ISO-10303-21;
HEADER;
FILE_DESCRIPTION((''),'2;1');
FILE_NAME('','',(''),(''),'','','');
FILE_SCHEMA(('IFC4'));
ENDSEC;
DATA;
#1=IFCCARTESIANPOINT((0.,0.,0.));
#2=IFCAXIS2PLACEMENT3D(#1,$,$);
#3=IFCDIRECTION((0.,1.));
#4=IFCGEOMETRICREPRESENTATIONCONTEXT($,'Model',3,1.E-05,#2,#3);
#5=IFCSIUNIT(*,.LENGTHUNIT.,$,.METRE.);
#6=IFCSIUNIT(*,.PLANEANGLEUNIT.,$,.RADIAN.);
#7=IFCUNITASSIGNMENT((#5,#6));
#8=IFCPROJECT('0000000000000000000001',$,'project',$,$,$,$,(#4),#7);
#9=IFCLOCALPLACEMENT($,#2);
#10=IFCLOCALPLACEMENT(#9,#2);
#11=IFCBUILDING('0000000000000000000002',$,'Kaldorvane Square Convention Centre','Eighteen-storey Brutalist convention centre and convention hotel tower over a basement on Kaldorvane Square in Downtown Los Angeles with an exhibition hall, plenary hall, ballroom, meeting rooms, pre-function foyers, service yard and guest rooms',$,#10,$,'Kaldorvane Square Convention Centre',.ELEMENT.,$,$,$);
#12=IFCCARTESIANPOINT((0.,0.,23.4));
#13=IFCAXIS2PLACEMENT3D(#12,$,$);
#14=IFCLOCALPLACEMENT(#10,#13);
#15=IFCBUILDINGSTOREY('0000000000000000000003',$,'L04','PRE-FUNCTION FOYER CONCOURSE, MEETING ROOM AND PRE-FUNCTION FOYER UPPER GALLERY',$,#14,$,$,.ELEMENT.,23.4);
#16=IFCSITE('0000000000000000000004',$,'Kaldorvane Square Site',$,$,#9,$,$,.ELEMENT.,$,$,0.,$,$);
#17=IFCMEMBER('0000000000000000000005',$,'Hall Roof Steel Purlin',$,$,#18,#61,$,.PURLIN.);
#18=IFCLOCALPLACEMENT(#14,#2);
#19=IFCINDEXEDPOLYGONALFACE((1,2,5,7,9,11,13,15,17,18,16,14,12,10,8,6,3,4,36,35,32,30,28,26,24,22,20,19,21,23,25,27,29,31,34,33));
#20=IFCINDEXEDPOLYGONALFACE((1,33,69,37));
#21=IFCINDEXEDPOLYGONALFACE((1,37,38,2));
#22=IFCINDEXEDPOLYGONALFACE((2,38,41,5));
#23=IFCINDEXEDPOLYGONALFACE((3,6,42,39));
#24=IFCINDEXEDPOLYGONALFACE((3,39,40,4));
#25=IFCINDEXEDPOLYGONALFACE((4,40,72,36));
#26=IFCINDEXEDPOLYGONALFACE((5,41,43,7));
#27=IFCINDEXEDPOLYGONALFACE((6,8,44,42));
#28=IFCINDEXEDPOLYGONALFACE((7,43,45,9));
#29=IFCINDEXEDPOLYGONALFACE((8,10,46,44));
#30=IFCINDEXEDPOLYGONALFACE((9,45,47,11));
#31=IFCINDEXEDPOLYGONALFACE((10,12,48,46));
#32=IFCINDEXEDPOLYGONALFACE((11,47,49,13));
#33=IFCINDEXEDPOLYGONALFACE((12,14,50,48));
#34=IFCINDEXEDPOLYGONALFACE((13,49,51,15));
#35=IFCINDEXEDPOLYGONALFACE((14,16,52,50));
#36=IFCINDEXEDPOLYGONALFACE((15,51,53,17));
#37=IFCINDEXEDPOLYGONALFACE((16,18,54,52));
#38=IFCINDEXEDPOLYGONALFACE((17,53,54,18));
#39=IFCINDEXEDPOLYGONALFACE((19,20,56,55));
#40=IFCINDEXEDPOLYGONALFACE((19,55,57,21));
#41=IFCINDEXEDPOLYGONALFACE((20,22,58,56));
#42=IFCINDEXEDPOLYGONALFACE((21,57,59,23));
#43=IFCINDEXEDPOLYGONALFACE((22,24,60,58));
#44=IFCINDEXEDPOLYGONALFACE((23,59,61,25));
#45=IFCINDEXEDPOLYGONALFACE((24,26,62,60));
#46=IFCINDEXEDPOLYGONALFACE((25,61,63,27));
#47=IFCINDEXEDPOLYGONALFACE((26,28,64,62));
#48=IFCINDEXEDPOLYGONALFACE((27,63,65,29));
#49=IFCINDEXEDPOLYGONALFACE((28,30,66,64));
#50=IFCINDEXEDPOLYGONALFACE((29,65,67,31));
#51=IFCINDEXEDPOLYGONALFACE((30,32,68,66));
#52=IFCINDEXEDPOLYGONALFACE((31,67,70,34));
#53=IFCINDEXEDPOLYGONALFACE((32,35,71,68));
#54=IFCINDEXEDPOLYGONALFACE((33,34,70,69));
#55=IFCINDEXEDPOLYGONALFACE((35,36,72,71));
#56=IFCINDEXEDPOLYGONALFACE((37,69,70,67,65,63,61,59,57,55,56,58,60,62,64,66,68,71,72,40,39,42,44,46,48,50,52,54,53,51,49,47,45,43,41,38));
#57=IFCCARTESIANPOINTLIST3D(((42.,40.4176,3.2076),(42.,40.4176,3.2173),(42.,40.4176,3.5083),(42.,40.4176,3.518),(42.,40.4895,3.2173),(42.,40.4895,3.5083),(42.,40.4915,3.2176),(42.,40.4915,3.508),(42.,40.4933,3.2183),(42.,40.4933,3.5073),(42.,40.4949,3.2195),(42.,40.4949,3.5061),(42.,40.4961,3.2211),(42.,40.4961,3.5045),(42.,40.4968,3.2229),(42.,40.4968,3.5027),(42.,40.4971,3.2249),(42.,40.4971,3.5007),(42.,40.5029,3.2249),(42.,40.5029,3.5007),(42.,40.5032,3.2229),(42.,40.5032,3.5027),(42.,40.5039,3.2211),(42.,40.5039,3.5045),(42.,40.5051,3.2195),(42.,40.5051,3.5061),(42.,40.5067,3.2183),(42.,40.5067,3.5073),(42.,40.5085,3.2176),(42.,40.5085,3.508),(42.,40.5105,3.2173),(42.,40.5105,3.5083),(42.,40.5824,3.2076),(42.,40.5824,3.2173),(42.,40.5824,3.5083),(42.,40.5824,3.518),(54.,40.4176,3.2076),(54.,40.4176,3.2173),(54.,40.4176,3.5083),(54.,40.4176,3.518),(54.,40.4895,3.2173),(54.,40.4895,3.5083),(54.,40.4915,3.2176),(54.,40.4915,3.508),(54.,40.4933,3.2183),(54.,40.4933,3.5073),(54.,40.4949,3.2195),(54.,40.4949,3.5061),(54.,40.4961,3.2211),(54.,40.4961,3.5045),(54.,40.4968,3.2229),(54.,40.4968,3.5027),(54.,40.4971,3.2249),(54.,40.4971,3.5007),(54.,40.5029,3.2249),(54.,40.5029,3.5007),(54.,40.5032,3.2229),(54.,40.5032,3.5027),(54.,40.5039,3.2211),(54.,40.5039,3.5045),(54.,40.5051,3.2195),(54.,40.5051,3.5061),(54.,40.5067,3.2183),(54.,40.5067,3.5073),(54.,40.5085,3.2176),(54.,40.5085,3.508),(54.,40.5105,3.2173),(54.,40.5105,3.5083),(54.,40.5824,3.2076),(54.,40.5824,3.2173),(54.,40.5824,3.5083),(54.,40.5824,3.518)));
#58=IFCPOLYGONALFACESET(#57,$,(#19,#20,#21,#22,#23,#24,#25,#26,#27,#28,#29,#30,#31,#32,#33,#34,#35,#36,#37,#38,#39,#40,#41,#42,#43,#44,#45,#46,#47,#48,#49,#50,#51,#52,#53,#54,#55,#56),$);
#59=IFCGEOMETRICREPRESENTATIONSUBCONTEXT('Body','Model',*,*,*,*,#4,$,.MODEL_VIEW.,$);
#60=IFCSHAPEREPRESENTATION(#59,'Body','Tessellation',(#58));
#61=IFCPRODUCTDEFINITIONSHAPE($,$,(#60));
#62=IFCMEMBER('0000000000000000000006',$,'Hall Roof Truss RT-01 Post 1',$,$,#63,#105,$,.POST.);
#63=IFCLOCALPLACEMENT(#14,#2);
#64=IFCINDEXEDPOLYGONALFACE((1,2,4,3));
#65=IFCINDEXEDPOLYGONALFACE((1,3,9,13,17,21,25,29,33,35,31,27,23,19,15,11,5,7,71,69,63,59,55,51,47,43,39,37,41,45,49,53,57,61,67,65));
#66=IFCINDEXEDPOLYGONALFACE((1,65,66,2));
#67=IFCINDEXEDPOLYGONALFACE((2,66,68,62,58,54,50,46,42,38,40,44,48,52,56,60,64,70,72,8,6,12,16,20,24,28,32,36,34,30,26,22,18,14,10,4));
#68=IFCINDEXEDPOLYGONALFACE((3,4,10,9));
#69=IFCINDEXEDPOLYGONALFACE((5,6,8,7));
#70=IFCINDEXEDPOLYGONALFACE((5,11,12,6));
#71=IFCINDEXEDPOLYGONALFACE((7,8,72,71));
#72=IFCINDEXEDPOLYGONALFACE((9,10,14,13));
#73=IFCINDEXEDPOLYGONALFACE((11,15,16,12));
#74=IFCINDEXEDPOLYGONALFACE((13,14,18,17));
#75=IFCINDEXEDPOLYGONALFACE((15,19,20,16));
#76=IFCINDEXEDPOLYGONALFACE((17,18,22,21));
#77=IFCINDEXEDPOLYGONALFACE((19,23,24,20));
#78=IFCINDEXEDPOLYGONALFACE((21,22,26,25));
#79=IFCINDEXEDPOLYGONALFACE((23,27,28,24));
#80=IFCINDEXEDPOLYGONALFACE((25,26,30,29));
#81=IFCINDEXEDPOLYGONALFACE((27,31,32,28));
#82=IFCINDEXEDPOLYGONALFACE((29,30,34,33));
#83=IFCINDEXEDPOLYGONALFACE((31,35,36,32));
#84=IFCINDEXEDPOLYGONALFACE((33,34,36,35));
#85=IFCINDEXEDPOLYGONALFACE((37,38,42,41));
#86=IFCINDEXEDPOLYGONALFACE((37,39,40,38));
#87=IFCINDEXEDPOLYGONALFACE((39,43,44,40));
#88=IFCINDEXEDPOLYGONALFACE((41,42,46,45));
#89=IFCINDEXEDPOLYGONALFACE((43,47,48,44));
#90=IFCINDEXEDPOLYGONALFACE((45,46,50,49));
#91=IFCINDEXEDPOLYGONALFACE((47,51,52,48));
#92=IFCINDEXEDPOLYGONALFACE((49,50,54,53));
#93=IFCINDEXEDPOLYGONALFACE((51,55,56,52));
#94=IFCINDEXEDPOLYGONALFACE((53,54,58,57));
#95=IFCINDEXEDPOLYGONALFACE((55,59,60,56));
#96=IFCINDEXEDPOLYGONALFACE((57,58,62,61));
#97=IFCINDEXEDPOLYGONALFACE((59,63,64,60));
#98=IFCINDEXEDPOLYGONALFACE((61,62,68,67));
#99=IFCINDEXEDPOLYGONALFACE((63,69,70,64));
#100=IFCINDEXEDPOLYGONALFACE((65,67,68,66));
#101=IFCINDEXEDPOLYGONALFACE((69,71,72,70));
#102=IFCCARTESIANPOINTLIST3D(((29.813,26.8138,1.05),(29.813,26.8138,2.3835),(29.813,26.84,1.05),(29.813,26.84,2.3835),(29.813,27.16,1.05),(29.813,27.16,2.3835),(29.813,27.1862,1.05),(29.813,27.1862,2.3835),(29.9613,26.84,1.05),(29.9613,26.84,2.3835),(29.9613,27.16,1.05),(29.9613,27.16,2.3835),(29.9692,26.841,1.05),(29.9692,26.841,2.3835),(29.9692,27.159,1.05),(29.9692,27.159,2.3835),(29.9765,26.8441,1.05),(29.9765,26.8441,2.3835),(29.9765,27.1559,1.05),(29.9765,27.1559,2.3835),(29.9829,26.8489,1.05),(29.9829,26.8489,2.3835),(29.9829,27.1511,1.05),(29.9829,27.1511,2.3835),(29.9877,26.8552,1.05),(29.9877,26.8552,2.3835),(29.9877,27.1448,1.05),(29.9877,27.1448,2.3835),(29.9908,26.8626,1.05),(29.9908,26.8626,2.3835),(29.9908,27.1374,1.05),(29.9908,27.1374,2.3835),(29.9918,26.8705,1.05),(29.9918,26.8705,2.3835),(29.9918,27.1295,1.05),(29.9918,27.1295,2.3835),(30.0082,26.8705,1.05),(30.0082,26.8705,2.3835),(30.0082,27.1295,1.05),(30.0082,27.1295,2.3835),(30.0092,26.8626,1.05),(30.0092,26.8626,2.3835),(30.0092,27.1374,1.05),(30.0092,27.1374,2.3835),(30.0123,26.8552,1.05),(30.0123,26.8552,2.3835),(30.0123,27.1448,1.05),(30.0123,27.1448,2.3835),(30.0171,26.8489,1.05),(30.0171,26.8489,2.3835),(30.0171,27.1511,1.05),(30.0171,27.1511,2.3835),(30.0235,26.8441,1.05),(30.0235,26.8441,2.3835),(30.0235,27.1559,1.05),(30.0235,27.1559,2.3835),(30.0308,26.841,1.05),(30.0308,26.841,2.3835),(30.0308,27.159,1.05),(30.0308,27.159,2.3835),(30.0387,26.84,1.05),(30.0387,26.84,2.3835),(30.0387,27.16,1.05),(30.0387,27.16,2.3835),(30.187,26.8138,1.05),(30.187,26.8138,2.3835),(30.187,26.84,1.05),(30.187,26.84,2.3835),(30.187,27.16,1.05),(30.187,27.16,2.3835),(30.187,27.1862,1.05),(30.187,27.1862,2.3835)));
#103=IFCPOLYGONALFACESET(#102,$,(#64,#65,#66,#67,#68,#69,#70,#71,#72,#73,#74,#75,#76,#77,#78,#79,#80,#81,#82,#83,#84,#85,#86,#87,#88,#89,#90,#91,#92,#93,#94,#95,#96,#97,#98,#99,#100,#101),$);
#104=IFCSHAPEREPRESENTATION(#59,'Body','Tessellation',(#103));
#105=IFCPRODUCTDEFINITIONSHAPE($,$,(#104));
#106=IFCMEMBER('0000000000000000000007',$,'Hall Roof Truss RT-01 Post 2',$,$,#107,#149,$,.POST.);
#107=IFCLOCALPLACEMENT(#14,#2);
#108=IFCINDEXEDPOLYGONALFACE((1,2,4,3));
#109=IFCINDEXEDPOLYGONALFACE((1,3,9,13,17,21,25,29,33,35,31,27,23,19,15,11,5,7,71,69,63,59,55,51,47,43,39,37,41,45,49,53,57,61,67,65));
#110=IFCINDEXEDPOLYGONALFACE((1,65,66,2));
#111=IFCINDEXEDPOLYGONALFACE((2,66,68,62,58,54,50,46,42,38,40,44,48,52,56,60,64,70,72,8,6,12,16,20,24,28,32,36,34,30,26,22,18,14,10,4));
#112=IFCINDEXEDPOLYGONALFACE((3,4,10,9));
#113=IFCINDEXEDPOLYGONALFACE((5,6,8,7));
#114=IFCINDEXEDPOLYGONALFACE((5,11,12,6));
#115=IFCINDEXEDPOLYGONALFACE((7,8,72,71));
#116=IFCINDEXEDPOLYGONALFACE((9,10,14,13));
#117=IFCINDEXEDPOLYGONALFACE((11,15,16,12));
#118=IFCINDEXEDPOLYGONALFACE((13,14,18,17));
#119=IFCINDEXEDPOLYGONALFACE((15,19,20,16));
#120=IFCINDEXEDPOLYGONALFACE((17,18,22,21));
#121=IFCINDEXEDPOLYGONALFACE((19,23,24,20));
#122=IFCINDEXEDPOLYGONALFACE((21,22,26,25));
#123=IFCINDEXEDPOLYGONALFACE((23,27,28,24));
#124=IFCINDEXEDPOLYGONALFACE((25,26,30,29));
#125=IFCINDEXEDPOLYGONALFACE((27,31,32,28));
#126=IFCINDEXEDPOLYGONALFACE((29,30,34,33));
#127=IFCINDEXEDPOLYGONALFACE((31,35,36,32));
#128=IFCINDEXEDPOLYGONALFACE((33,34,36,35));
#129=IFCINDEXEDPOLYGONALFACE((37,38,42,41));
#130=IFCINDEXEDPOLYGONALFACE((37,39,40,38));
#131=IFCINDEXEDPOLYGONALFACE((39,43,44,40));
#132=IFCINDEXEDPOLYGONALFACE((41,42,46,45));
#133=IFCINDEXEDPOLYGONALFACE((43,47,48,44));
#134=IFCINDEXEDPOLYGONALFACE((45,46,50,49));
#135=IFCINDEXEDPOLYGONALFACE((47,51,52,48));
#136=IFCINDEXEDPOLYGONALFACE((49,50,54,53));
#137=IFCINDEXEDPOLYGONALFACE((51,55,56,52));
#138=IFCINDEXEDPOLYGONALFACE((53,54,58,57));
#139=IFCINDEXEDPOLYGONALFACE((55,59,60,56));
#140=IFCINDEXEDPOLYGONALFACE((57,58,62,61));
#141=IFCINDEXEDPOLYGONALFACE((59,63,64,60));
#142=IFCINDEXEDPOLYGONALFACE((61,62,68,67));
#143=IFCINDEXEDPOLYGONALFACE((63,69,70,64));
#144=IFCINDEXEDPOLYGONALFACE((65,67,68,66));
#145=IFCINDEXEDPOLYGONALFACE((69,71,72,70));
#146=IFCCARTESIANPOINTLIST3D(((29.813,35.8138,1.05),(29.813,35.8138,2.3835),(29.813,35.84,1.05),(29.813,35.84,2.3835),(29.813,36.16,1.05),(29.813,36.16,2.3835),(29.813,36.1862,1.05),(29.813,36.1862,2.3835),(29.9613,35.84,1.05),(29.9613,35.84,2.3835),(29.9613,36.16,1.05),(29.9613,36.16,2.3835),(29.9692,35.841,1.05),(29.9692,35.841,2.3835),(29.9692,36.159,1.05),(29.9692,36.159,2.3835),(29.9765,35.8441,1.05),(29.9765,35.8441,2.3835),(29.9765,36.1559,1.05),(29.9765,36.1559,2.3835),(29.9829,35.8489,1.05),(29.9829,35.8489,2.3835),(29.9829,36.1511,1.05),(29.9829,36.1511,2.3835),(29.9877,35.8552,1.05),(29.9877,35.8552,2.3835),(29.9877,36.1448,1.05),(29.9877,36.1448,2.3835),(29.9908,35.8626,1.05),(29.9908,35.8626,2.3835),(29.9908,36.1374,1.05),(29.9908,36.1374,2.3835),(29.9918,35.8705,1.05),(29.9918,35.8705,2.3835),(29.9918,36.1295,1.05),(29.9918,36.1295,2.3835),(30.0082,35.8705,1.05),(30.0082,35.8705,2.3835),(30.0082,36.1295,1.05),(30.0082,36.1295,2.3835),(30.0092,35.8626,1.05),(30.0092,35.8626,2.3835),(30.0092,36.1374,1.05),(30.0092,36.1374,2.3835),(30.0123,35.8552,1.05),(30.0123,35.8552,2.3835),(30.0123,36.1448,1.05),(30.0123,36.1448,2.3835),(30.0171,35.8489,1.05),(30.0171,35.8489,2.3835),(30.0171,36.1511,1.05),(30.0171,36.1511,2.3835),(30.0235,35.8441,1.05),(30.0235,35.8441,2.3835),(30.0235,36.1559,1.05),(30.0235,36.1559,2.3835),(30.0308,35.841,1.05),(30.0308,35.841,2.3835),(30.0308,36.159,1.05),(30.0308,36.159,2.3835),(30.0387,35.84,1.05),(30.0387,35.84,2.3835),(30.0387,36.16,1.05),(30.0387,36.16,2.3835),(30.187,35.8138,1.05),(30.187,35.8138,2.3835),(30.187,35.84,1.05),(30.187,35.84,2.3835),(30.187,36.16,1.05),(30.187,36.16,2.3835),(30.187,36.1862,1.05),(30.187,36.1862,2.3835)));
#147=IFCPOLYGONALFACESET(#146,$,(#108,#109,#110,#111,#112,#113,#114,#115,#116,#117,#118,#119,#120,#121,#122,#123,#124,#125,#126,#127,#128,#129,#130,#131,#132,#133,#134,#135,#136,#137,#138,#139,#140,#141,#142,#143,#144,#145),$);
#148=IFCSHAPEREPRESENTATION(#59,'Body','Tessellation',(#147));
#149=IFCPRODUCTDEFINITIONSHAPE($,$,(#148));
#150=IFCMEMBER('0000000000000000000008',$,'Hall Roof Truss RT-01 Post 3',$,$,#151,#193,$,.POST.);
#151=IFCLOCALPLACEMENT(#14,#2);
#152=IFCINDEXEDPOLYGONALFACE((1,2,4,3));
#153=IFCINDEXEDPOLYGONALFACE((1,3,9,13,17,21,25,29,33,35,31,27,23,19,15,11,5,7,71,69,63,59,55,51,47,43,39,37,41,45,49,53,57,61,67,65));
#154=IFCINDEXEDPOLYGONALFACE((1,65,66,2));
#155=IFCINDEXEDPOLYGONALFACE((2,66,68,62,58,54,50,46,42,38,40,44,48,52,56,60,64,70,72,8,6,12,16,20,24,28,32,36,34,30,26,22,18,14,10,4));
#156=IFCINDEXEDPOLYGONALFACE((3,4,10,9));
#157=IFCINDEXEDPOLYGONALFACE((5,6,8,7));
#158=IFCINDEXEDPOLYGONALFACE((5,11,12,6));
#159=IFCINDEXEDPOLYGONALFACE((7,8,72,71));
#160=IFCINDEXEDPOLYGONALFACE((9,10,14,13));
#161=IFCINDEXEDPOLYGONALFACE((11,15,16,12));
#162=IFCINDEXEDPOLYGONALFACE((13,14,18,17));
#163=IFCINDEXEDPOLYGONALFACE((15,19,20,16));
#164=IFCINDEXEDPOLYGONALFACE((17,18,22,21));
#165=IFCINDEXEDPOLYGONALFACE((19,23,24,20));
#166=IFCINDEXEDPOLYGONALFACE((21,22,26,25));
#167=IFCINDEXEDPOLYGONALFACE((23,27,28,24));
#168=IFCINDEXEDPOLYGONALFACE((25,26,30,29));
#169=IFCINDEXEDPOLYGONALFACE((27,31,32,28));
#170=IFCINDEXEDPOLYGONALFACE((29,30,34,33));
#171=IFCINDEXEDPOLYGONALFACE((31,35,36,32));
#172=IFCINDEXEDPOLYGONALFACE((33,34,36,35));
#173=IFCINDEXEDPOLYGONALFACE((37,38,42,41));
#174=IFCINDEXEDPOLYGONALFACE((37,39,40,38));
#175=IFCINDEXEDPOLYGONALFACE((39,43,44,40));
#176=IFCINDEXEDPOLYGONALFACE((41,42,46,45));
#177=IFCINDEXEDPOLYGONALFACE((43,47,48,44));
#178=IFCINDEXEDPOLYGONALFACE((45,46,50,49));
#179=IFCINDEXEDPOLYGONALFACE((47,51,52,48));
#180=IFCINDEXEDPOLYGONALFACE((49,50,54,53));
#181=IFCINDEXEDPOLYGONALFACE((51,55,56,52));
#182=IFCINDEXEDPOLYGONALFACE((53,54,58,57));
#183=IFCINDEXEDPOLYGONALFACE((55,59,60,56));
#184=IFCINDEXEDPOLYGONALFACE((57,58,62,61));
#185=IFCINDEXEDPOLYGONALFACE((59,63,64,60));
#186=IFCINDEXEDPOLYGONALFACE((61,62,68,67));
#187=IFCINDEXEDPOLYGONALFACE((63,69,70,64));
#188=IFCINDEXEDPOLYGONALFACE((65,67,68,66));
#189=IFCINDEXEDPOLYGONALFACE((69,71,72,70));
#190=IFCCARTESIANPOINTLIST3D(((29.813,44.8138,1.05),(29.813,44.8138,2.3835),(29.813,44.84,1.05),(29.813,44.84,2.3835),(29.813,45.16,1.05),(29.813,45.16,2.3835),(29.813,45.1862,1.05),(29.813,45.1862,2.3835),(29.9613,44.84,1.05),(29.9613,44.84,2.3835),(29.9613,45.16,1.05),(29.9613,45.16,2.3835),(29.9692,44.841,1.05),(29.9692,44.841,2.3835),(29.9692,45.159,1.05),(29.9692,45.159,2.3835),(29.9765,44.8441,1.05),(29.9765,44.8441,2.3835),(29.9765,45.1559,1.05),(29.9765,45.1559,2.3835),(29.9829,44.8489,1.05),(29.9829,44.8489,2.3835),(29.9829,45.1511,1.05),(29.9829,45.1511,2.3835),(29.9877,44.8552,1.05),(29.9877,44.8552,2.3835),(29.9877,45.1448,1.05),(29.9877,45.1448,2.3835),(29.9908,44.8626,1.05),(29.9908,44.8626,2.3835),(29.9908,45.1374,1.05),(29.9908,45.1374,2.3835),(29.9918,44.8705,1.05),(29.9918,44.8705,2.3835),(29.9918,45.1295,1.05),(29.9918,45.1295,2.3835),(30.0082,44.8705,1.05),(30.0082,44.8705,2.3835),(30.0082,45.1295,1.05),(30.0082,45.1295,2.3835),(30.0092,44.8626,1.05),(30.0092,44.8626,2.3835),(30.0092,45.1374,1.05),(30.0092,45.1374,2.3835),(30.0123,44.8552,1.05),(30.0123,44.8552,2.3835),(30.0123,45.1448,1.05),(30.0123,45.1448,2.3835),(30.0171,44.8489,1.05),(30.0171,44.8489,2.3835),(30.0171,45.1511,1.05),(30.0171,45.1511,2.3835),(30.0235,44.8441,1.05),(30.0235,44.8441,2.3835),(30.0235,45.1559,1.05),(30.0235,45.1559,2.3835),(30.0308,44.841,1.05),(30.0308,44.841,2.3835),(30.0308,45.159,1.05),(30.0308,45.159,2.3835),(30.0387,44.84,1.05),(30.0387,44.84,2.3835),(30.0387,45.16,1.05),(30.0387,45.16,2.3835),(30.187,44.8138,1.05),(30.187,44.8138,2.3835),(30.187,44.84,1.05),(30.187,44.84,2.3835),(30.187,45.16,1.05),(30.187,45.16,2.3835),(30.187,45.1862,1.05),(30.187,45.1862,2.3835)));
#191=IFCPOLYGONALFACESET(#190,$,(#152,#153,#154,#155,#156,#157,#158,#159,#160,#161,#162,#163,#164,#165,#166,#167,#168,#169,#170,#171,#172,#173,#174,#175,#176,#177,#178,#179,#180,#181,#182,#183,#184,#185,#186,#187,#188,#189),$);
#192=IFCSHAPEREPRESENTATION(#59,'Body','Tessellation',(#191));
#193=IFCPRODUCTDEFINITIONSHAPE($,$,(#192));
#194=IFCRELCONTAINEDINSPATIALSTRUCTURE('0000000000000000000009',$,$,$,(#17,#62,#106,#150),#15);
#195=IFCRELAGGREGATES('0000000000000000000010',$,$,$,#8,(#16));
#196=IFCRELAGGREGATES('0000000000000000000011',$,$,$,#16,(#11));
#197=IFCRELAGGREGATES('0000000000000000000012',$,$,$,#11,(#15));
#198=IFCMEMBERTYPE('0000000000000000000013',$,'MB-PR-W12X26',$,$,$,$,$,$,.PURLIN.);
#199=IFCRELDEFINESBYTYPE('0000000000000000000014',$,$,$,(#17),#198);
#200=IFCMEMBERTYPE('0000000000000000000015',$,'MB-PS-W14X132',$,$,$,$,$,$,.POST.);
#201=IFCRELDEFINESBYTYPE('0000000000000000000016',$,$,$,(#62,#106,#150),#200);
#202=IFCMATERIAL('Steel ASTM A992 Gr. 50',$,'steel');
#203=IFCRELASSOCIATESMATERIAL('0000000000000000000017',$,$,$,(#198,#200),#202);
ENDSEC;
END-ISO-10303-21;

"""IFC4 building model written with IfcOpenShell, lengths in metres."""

from ifc_helpers import new_model, si_unit, direction, frame, origin, origin_2d, place, context, subcontext, project, spatial, i_section, extrude, material, material_profile, profile_set, type_object, element, save


model = new_model("IFC4")

# Units and contexts
model_context = context("Model", 3, precision=1e-05, world=origin(), true_north=direction((0.0, 1.0)))
body_context = subcontext(model_context, "Body", "Model", "MODEL_VIEW")
ifc_project = project(units=[si_unit("LENGTHUNIT", "METRE"), si_unit("PLANEANGLEUNIT", "RADIAN")], contexts=[model_context])

# Site, building, storey
site_placement = place(None, origin())
site = spatial("IfcSite", under=ifc_project, at=site_placement, Name="Kaldorvane Square Site", CompositionType="ELEMENT", RefElevation=0.0)
building_placement = place(site_placement, origin())
building = spatial("IfcBuilding", under=site, at=building_placement, Name="Kaldorvane Square Convention Centre", Description="Eighteen-storey Brutalist convention centre and convention hotel tower over a basement on Kaldorvane Square in Downtown Los Angeles with an exhibition hall, plenary hall, ballroom, meeting rooms, pre-function foyers, service yard and guest rooms", LongName="Kaldorvane Square Convention Centre", CompositionType="ELEMENT")
storey_placement = place(building_placement, frame((0.0, 0.0, 23.4)))
storey = spatial("IfcBuildingStorey", under=building, at=storey_placement, Name="L04", Description="PRE-FUNCTION FOYER CONCOURSE, MEETING ROOM AND PRE-FUNCTION FOYER UPPER GALLERY", CompositionType="ELEMENT", Elevation=23.4)

# Members
ifc_material_1 = material(Name="Steel ASTM A992 Gr. 50", Category="steel")
ifc_material_profile_1 = material_profile(ifc_material_1, i_section(OverallWidth=0.1648, OverallDepth=0.3104, WebThickness=0.0058, FlangeThickness=0.0097, FilletRadius=0.0076, at=origin_2d()), Name="W12X26")
ifc_profile_set_1 = profile_set([ifc_material_profile_1], Name="Steel ASTM A992 Gr. 50")
member_type_1 = type_object("IfcMemberType", Name="MB-PR-W12X26", PredefinedType="PURLIN", material=ifc_profile_set_1)
for number, where, z_axis, x_axis, name in (
    (1, (42.0, 40.5, 3.3628), (1.0, 0.0, 0.0), (0.0, 1.0, 0.0), "Hall Roof Steel Purlin"),
):
    element("IfcMember", number, at=place(storey_placement, frame(where, z_axis=z_axis, x_axis=x_axis)), inside=storey, type_object=member_type_1, Name=name, PredefinedType="PURLIN", context=body_context, shape_type="SweptSolid", body=[
        extrude(i_section(OverallWidth=0.1648, OverallDepth=0.3104, WebThickness=0.0058, FlangeThickness=0.0097, FilletRadius=0.0076, at=origin_2d()), origin(), (0.0, 0.0, 1.0), 12.0),
    ])
ifc_material_profile_2 = material_profile(ifc_material_1, i_section(OverallWidth=0.374, OverallDepth=0.3724, WebThickness=0.0164, FlangeThickness=0.0262, FilletRadius=0.0305, at=origin_2d()), Name="W14X132")
ifc_profile_set_2 = profile_set([ifc_material_profile_2], Name="Steel ASTM A992 Gr. 50")
member_type_2 = type_object("IfcMemberType", Name="MB-PS-W14X132", PredefinedType="POST", material=ifc_profile_set_2)
for number, where, z_axis, x_axis, name in (
    (2, (30.0, 27.0, 1.05), (0.0, 0.0, 1.0), (1.0, 0.0, 0.0), "Hall Roof Truss RT-01 Post 1"),
    (3, (30.0, 36.0, 1.05), (0.0, 0.0, 1.0), (1.0, 0.0, 0.0), "Hall Roof Truss RT-01 Post 2"),
    (4, (30.0, 45.0, 1.05), (0.0, 0.0, 1.0), (1.0, 0.0, 0.0), "Hall Roof Truss RT-01 Post 3"),
):
    element("IfcMember", number, at=place(storey_placement, frame(where, z_axis=z_axis, x_axis=x_axis)), inside=storey, type_object=member_type_2, Name=name, PredefinedType="POST", context=body_context, shape_type="SweptSolid", body=[
        extrude(i_section(OverallWidth=0.374, OverallDepth=0.3724, WebThickness=0.0164, FlangeThickness=0.0262, FilletRadius=0.0305, at=origin_2d()), origin(), (0.0, 0.0, 1.0), 1.3335),
    ])

save(model, "model.ifc")
